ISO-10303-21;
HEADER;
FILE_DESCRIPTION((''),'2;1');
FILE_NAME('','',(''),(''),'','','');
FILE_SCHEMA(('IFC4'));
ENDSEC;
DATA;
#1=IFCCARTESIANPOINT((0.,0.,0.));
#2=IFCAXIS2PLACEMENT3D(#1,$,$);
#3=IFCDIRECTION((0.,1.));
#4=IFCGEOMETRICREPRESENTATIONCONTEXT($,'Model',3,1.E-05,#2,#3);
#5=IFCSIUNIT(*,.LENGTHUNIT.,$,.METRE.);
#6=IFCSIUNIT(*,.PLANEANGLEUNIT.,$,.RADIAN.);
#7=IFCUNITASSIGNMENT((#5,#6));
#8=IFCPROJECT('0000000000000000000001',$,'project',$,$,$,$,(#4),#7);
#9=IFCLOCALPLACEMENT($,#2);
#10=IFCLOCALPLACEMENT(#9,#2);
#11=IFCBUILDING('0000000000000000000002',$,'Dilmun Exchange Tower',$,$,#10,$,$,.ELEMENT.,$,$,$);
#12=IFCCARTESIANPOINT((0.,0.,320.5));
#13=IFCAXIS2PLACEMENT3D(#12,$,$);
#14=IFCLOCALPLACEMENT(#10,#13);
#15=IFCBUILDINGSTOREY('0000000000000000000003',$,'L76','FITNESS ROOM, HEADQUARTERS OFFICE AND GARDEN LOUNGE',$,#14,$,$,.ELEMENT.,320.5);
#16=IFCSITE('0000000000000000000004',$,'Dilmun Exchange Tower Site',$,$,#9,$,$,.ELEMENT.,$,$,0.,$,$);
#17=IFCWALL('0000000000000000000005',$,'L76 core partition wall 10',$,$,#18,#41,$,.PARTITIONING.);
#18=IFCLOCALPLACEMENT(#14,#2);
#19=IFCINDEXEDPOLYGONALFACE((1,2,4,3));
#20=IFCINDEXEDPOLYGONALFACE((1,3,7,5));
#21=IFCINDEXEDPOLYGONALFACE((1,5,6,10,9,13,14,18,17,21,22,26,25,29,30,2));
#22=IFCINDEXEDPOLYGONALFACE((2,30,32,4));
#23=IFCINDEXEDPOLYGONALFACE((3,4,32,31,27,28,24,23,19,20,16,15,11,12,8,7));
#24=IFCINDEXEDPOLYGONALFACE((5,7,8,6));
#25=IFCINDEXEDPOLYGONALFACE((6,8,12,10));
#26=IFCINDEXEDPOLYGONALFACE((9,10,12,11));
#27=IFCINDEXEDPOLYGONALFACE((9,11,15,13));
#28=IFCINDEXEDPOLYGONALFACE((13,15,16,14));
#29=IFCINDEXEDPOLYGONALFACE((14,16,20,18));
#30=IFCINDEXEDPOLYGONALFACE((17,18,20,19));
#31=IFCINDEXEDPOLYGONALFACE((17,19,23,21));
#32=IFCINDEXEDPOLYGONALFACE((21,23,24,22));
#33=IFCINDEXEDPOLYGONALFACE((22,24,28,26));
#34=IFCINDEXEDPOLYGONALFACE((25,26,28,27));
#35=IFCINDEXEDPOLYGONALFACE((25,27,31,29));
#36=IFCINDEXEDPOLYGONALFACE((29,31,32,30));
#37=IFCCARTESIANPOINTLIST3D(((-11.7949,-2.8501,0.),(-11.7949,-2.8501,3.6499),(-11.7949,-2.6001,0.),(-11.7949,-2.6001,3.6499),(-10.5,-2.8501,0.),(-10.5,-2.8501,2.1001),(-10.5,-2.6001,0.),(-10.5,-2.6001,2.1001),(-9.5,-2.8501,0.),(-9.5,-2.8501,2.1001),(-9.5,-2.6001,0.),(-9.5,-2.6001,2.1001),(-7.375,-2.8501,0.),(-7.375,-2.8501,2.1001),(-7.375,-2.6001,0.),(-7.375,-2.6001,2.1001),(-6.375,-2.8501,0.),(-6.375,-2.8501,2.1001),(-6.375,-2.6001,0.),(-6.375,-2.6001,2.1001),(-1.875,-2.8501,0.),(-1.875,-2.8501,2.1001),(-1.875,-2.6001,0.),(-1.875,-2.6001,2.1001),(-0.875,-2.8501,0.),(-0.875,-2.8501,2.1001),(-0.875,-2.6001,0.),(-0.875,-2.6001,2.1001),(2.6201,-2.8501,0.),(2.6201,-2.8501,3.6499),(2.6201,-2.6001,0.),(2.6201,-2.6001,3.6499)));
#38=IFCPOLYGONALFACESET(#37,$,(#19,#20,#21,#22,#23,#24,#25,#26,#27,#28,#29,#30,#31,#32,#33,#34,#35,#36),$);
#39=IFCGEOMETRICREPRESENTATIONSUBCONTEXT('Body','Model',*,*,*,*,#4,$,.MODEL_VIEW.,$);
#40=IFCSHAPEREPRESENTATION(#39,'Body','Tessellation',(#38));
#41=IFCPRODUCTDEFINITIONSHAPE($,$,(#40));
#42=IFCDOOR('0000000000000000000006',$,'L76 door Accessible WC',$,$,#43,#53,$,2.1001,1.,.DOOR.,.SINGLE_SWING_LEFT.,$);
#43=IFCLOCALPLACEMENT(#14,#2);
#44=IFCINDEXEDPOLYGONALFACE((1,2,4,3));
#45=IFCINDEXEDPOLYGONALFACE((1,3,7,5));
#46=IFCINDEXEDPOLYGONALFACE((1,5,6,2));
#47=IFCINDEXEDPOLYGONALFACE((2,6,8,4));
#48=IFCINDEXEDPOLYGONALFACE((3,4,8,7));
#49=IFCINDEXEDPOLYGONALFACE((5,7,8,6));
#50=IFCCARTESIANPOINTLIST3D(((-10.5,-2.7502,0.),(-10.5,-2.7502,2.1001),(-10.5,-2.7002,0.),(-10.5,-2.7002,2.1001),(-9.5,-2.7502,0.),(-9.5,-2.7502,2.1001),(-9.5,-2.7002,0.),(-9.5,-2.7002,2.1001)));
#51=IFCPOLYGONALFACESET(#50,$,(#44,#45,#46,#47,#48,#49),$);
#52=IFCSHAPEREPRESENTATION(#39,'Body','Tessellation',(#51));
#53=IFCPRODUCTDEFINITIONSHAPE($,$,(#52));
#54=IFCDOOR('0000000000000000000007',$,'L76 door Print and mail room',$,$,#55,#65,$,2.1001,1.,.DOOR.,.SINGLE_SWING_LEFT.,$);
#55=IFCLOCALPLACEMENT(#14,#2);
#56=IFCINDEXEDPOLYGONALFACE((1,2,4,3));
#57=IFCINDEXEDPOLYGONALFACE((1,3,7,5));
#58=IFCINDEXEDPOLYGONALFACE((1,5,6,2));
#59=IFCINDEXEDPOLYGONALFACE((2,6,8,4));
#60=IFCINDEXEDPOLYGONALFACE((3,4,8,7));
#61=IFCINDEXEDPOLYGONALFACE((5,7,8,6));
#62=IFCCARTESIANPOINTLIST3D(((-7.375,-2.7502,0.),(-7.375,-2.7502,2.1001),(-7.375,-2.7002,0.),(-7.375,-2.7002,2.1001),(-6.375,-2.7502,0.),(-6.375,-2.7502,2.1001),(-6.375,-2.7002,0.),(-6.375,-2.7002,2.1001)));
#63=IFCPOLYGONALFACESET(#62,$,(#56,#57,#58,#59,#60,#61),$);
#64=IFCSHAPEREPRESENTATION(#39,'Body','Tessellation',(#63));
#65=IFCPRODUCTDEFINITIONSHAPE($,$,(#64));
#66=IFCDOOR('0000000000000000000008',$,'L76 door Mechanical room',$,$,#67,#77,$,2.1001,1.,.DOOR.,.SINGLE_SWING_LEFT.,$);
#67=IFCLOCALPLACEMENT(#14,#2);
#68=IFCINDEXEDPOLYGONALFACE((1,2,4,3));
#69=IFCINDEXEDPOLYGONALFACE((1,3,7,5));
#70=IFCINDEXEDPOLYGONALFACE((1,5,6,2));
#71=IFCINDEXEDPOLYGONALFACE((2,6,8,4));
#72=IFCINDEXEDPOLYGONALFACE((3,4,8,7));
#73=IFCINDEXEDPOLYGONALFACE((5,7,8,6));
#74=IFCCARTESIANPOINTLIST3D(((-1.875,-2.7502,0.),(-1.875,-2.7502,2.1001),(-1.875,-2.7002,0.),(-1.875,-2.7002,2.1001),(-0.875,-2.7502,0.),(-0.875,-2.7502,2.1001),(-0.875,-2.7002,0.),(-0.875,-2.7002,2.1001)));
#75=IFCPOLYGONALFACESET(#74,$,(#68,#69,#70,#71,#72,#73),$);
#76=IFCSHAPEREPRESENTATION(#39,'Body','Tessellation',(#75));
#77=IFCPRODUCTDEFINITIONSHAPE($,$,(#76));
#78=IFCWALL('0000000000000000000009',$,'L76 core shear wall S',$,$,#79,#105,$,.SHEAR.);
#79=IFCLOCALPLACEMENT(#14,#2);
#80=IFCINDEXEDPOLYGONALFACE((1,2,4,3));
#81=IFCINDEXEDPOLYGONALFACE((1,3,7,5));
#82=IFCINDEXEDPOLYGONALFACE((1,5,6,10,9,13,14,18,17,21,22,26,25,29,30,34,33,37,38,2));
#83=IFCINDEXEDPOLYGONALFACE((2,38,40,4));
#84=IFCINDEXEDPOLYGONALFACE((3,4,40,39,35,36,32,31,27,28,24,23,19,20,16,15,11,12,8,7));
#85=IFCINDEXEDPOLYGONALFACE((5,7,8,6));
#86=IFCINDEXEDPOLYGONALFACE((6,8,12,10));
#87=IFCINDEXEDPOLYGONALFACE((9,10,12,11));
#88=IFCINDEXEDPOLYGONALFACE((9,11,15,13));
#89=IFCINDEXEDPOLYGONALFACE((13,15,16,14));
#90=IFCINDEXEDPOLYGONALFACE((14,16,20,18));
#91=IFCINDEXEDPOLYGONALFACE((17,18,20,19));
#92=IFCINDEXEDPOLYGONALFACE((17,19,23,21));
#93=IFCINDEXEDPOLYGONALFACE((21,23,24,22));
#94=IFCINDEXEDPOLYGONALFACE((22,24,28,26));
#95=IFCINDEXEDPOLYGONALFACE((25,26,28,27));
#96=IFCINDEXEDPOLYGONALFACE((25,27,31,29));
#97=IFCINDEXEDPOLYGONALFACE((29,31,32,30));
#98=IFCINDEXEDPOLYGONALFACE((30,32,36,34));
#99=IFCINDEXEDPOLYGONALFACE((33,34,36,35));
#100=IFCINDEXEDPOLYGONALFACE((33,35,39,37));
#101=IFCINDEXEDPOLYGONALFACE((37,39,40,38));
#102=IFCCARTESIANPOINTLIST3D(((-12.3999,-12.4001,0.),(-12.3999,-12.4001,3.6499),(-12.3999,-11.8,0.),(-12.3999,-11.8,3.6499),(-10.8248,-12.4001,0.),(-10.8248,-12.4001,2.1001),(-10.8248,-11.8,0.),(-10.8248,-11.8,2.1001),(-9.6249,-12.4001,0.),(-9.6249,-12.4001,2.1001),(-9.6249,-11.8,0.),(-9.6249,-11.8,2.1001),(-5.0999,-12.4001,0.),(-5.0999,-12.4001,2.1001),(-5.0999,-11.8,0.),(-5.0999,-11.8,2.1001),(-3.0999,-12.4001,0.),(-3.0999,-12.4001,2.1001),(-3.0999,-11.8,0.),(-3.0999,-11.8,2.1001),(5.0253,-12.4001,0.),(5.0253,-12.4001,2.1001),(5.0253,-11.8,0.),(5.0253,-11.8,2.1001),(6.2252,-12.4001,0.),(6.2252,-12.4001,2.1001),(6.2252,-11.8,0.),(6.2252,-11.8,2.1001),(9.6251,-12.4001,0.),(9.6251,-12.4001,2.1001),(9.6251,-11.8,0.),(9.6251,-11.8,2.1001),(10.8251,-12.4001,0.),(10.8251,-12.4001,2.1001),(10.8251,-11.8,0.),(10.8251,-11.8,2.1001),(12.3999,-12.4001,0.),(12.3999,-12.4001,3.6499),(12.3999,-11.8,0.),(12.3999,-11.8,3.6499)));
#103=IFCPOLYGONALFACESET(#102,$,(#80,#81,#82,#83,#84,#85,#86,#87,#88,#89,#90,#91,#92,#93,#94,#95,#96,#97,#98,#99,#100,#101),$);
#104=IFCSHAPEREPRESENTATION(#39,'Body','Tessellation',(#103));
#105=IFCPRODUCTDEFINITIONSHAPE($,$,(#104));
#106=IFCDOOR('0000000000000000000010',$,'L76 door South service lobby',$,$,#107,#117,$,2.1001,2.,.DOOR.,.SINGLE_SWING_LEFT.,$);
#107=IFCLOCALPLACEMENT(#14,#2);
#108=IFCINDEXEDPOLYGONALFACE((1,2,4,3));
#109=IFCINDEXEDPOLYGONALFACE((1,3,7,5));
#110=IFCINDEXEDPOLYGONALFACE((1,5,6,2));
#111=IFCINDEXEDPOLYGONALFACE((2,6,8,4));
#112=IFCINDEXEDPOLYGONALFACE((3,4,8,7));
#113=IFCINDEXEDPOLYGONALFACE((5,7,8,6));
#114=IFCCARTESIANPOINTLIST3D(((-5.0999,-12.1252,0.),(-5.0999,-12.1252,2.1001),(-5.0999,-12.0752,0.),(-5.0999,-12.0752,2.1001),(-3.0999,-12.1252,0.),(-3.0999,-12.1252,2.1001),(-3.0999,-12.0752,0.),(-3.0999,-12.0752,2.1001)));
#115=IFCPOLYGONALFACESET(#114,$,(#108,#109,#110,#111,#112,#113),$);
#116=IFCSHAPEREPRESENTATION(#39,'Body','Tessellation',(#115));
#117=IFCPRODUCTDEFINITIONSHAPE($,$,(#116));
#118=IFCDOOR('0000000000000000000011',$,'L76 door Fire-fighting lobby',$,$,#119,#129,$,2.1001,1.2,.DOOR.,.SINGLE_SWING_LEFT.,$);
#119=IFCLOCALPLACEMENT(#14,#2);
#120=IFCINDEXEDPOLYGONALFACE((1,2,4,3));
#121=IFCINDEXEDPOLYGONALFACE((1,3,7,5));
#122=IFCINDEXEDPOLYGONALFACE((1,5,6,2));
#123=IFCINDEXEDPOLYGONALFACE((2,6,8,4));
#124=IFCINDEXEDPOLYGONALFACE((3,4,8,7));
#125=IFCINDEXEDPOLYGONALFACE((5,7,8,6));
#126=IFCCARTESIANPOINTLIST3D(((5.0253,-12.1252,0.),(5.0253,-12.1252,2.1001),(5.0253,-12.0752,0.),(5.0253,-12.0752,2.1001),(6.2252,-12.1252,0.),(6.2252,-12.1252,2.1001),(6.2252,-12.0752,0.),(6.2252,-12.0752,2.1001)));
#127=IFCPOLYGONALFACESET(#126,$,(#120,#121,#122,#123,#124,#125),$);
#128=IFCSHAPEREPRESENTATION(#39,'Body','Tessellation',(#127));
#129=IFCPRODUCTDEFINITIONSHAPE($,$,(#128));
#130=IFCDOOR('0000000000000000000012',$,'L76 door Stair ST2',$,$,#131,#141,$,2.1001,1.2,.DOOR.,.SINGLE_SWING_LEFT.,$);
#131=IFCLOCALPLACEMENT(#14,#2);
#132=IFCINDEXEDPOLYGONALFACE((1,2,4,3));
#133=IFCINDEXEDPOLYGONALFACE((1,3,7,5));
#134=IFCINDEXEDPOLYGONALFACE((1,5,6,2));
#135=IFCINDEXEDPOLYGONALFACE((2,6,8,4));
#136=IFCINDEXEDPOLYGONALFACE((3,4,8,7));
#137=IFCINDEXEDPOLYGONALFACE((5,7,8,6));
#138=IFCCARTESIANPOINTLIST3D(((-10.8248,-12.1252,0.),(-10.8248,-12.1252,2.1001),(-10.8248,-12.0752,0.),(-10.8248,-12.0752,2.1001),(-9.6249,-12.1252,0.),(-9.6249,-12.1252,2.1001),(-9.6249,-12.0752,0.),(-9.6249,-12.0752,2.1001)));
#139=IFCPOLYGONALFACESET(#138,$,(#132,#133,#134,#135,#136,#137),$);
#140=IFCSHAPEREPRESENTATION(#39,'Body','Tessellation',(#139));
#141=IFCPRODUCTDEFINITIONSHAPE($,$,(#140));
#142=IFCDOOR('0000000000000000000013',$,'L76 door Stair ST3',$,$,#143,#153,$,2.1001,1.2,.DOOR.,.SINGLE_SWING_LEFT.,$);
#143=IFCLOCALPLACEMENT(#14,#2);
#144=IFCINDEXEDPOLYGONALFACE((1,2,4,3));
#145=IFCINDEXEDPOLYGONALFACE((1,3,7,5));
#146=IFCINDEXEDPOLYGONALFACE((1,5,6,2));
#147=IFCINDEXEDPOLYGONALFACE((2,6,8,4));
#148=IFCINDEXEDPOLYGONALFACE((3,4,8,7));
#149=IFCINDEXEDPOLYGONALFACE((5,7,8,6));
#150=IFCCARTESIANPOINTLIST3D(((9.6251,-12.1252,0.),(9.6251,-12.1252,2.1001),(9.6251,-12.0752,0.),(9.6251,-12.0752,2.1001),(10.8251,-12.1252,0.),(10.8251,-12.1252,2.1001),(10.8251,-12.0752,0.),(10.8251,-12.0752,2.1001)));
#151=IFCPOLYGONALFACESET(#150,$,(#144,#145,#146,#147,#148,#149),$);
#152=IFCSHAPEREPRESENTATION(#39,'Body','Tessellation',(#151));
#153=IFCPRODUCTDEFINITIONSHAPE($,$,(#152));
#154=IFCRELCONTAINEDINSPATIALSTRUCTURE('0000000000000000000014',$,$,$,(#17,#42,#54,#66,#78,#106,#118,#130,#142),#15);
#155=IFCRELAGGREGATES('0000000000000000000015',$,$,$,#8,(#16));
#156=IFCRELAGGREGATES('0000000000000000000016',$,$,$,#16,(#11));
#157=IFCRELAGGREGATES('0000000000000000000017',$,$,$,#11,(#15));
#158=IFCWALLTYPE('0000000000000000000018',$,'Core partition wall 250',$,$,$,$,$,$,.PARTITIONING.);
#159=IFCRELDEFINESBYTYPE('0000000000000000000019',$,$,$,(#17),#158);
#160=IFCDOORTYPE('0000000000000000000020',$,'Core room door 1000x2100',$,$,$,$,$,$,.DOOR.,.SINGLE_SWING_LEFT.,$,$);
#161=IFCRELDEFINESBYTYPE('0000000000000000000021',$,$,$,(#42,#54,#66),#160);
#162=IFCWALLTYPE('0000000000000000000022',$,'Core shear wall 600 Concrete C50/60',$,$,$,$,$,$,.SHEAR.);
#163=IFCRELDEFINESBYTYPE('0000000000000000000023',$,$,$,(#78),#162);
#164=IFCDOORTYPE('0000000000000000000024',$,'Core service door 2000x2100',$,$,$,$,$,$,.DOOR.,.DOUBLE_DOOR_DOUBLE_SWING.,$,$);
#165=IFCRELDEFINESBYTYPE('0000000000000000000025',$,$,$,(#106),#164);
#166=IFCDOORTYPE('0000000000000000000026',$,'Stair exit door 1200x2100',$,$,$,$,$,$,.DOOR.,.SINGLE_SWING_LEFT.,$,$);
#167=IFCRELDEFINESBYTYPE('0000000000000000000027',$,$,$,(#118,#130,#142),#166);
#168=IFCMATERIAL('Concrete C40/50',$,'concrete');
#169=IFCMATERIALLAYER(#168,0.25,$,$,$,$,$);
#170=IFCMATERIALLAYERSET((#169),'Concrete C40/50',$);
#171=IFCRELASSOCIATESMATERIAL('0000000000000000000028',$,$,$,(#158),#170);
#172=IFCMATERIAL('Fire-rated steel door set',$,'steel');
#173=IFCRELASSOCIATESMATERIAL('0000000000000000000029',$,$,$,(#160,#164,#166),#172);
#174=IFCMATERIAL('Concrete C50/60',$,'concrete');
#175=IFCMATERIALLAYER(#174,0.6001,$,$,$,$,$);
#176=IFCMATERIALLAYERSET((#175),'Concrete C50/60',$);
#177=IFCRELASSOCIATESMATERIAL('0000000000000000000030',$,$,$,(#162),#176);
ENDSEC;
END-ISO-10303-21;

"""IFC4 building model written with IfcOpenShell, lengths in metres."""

from ifc_helpers import new_model, si_unit, direction, frame, frame_2d, origin, place, context, subcontext, project, spatial, rectangle, extrude, material, layer, layer_set, type_object, element, fill, save


model = new_model("IFC4")

# Units and contexts
model_context = context("Model", 3, precision=1e-05, world=origin(), true_north=direction((0.0, 1.0)))
body_context = subcontext(model_context, "Body", "Model", "MODEL_VIEW")
ifc_project = project(units=[si_unit("LENGTHUNIT", "METRE"), si_unit("PLANEANGLEUNIT", "RADIAN")], contexts=[model_context])

# Site, building, storey
site_placement = place(None, origin())
site = spatial("IfcSite", under=ifc_project, at=site_placement, Name="Dilmun Exchange Tower Site", CompositionType="ELEMENT", RefElevation=0.0)
building_placement = place(site_placement, origin())
building = spatial("IfcBuilding", under=site, at=building_placement, Name="Dilmun Exchange Tower", CompositionType="ELEMENT")
storey_placement = place(building_placement, frame((0.0, 0.0, 320.5)))
storey = spatial("IfcBuildingStorey", under=building, at=storey_placement, Name="L76", Description="FITNESS ROOM, HEADQUARTERS OFFICE AND GARDEN LOUNGE", CompositionType="ELEMENT", Elevation=320.5)

# Walls, openings, doors
ifc_material_1 = material(Name="Concrete C40/50", Category="concrete")
ifc_layer_1 = layer(ifc_material_1, 0.25)
ifc_layer_set_1 = layer_set([ifc_layer_1], Name="Concrete C40/50")
wall_type_1 = type_object("IfcWallType", Name="Core partition wall 250", PredefinedType="PARTITIONING", material=ifc_layer_set_1)
wall_1_placement = place(storey_placement, frame((-11.7949, -2.7251, 0.0), z_axis=(0.0, 0.0, 1.0), x_axis=(1.0, 0.0, 0.0)))
wall_1 = element("IfcWall", 1, at=wall_1_placement, inside=storey, type_object=wall_type_1, Name="L76 core partition wall 10", PredefinedType="PARTITIONING", context=body_context, shape_type="SweptSolid", body=[
    extrude(rectangle(XDim=14.415, YDim=0.25, at=frame_2d((7.2075, 0.0))), origin(), (0.0, 0.0, 1.0), 3.6499),
])
opening_1_placement = place(wall_1_placement, frame((1.2949, 0.0, 0.0)))
opening_1 = element("IfcOpeningElement", 2, at=opening_1_placement, cuts=wall_1, PredefinedType="OPENING", context=body_context, shape_type="SweptSolid", body=[
    extrude(rectangle(XDim=1.0, YDim=2.1001, at=frame_2d((0.5, 1.05))), frame((0.0, 0.135, 0.0), z_axis=(0.0, -1.0, 0.0), x_axis=(1.0, 0.0, 0.0)), (0.0, 0.0, 1.0), 0.27),
])
opening_2_placement = place(wall_1_placement, frame((4.4199, 0.0, 0.0)))
opening_2 = element("IfcOpeningElement", 3, at=opening_2_placement, cuts=wall_1, PredefinedType="OPENING", context=body_context, shape_type="SweptSolid", body=[
    extrude(rectangle(XDim=1.0, YDim=2.1001, at=frame_2d((0.5, 1.05))), frame((0.0, 0.135, 0.0), z_axis=(0.0, -1.0, 0.0), x_axis=(1.0, 0.0, 0.0)), (0.0, 0.0, 1.0), 0.27),
])
opening_3_placement = place(wall_1_placement, frame((9.9199, 0.0, 0.0)))
opening_3 = element("IfcOpeningElement", 4, at=opening_3_placement, cuts=wall_1, PredefinedType="OPENING", context=body_context, shape_type="SweptSolid", body=[
    extrude(rectangle(XDim=1.0, YDim=2.1001, at=frame_2d((0.5, 1.05))), frame((0.0, 0.135, 0.0), z_axis=(0.0, -1.0, 0.0), x_axis=(1.0, 0.0, 0.0)), (0.0, 0.0, 1.0), 0.27),
])
ifc_material_2 = material(Name="Fire-rated steel door set", Category="steel")
door_type_1 = type_object("IfcDoorType", Name="Core room door 1000x2100", OperationType="SINGLE_SWING_LEFT", PredefinedType="DOOR", material=ifc_material_2)
door_1_placement = place(opening_1_placement, origin())
door_1 = element("IfcDoor", 5, at=door_1_placement, inside=storey, type_object=door_type_1, Name="L76 door Accessible WC", OperationType="SINGLE_SWING_LEFT", OverallHeight=2.1001, OverallWidth=1.0, PredefinedType="DOOR", context=body_context, shape_type="SweptSolid", body=[
    extrude(rectangle(XDim=1.0, YDim=2.1001, at=frame_2d((0.5, 1.05))), frame((0.0, 0.0249, 0.0), z_axis=(0.0, -1.0, 0.0), x_axis=(1.0, 0.0, 0.0)), (0.0, 0.0, 1.0), 0.05),
])
fill(opening_1, door_1)
door_2_placement = place(opening_2_placement, origin())
door_2 = element("IfcDoor", 6, at=door_2_placement, inside=storey, type_object=door_type_1, Name="L76 door Print and mail room", OperationType="SINGLE_SWING_LEFT", OverallHeight=2.1001, OverallWidth=1.0, PredefinedType="DOOR", context=body_context, shape_type="SweptSolid", body=[
    extrude(rectangle(XDim=1.0, YDim=2.1001, at=frame_2d((0.5, 1.05))), frame((0.0, 0.0249, 0.0), z_axis=(0.0, -1.0, 0.0), x_axis=(1.0, 0.0, 0.0)), (0.0, 0.0, 1.0), 0.05),
])
fill(opening_2, door_2)
door_3_placement = place(opening_3_placement, origin())
door_3 = element("IfcDoor", 7, at=door_3_placement, inside=storey, type_object=door_type_1, Name="L76 door Mechanical room", OperationType="SINGLE_SWING_LEFT", OverallHeight=2.1001, OverallWidth=1.0, PredefinedType="DOOR", context=body_context, shape_type="SweptSolid", body=[
    extrude(rectangle(XDim=1.0, YDim=2.1001, at=frame_2d((0.5, 1.05))), frame((0.0, 0.0249, 0.0), z_axis=(0.0, -1.0, 0.0), x_axis=(1.0, 0.0, 0.0)), (0.0, 0.0, 1.0), 0.05),
])
fill(opening_3, door_3)
ifc_material_3 = material(Name="Concrete C50/60", Category="concrete")
ifc_layer_2 = layer(ifc_material_3, 0.6001)
ifc_layer_set_2 = layer_set([ifc_layer_2], Name="Concrete C50/60")
wall_type_2 = type_object("IfcWallType", Name="Core shear wall 600 Concrete C50/60", PredefinedType="SHEAR", material=ifc_layer_set_2)
wall_2_placement = place(storey_placement, frame((-12.3999, -12.1001, 0.0), z_axis=(0.0, 0.0, 1.0), x_axis=(1.0, 0.0, 0.0)))
wall_2 = element("IfcWall", 8, at=wall_2_placement, inside=storey, type_object=wall_type_2, Name="L76 core shear wall S", PredefinedType="SHEAR", context=body_context, shape_type="SweptSolid", body=[
    extrude(rectangle(XDim=24.7998, YDim=0.6001, at=frame_2d((12.3999, 0.0))), origin(), (0.0, 0.0, 1.0), 3.6499),
])
opening_4_placement = place(wall_2_placement, frame((7.3, 0.0, 0.0)))
opening_4 = element("IfcOpeningElement", 9, at=opening_4_placement, cuts=wall_2, PredefinedType="OPENING", context=body_context, shape_type="SweptSolid", body=[
    extrude(rectangle(XDim=2.0, YDim=2.1001, at=frame_2d((1.0, 1.05))), frame((0.0, 0.3101, 0.0), z_axis=(0.0, -1.0, 0.0), x_axis=(1.0, 0.0, 0.0)), (0.0, 0.0, 1.0), 0.6201),
])
opening_5_placement = place(wall_2_placement, frame((17.425, 0.0, 0.0)))
opening_5 = element("IfcOpeningElement", 10, at=opening_5_placement, cuts=wall_2, PredefinedType="OPENING", context=body_context, shape_type="SweptSolid", body=[
    extrude(rectangle(XDim=1.2, YDim=2.1001, at=frame_2d((0.6001, 1.05))), frame((0.0, 0.3101, 0.0), z_axis=(0.0, -1.0, 0.0), x_axis=(1.0, 0.0, 0.0)), (0.0, 0.0, 1.0), 0.6201),
])
opening_6_placement = place(wall_2_placement, frame((1.575, 0.0, 0.0)))
opening_6 = element("IfcOpeningElement", 11, at=opening_6_placement, cuts=wall_2, PredefinedType="OPENING", context=body_context, shape_type="SweptSolid", body=[
    extrude(rectangle(XDim=1.2, YDim=2.1001, at=frame_2d((0.6001, 1.05))), frame((0.0, 0.3101, 0.0), z_axis=(0.0, -1.0, 0.0), x_axis=(1.0, 0.0, 0.0)), (0.0, 0.0, 1.0), 0.6201),
])
opening_7_placement = place(wall_2_placement, frame((22.0249, 0.0, 0.0)))
opening_7 = element("IfcOpeningElement", 12, at=opening_7_placement, cuts=wall_2, PredefinedType="OPENING", context=body_context, shape_type="SweptSolid", body=[
    extrude(rectangle(XDim=1.2, YDim=2.1001, at=frame_2d((0.6001, 1.05))), frame((0.0, 0.3101, 0.0), z_axis=(0.0, -1.0, 0.0), x_axis=(1.0, 0.0, 0.0)), (0.0, 0.0, 1.0), 0.6201),
])
door_type_2 = type_object("IfcDoorType", Name="Core service door 2000x2100", OperationType="DOUBLE_DOOR_DOUBLE_SWING", PredefinedType="DOOR", material=ifc_material_2)
door_4_placement = place(opening_4_placement, origin())
door_4 = element("IfcDoor", 13, at=door_4_placement, inside=storey, type_object=door_type_2, Name="L76 door South service lobby", OperationType="SINGLE_SWING_LEFT", OverallHeight=2.1001, OverallWidth=2.0, PredefinedType="DOOR", context=body_context, shape_type="SweptSolid", body=[
    extrude(rectangle(XDim=2.0, YDim=2.1001, at=frame_2d((1.0, 1.05))), frame((0.0, 0.0249, 0.0), z_axis=(0.0, -1.0, 0.0), x_axis=(1.0, 0.0, 0.0)), (0.0, 0.0, 1.0), 0.05),
])
fill(opening_4, door_4)
door_type_3 = type_object("IfcDoorType", Name="Stair exit door 1200x2100", OperationType="SINGLE_SWING_LEFT", PredefinedType="DOOR", material=ifc_material_2)
door_5_placement = place(opening_5_placement, origin())
door_5 = element("IfcDoor", 14, at=door_5_placement, inside=storey, type_object=door_type_3, Name="L76 door Fire-fighting lobby", OperationType="SINGLE_SWING_LEFT", OverallHeight=2.1001, OverallWidth=1.2, PredefinedType="DOOR", context=body_context, shape_type="SweptSolid", body=[
    extrude(rectangle(XDim=1.2, YDim=2.1001, at=frame_2d((0.6001, 1.05))), frame((0.0, 0.0249, 0.0), z_axis=(0.0, -1.0, 0.0), x_axis=(1.0, 0.0, 0.0)), (0.0, 0.0, 1.0), 0.05),
])
fill(opening_5, door_5)
door_6_placement = place(opening_6_placement, origin())
door_6 = element("IfcDoor", 15, at=door_6_placement, inside=storey, type_object=door_type_3, Name="L76 door Stair ST2", OperationType="SINGLE_SWING_LEFT", OverallHeight=2.1001, OverallWidth=1.2, PredefinedType="DOOR", context=body_context, shape_type="SweptSolid", body=[
    extrude(rectangle(XDim=1.2, YDim=2.1001, at=frame_2d((0.6001, 1.05))), frame((0.0, 0.0249, 0.0), z_axis=(0.0, -1.0, 0.0), x_axis=(1.0, 0.0, 0.0)), (0.0, 0.0, 1.0), 0.05),
])
fill(opening_6, door_6)
door_7_placement = place(opening_7_placement, origin())
door_7 = element("IfcDoor", 16, at=door_7_placement, inside=storey, type_object=door_type_3, Name="L76 door Stair ST3", OperationType="SINGLE_SWING_LEFT", OverallHeight=2.1001, OverallWidth=1.2, PredefinedType="DOOR", context=body_context, shape_type="SweptSolid", body=[
    extrude(rectangle(XDim=1.2, YDim=2.1001, at=frame_2d((0.6001, 1.05))), frame((0.0, 0.0249, 0.0), z_axis=(0.0, -1.0, 0.0), x_axis=(1.0, 0.0, 0.0)), (0.0, 0.0, 1.0), 0.05),
])
fill(opening_7, door_7)

save(model, "model.ifc")
